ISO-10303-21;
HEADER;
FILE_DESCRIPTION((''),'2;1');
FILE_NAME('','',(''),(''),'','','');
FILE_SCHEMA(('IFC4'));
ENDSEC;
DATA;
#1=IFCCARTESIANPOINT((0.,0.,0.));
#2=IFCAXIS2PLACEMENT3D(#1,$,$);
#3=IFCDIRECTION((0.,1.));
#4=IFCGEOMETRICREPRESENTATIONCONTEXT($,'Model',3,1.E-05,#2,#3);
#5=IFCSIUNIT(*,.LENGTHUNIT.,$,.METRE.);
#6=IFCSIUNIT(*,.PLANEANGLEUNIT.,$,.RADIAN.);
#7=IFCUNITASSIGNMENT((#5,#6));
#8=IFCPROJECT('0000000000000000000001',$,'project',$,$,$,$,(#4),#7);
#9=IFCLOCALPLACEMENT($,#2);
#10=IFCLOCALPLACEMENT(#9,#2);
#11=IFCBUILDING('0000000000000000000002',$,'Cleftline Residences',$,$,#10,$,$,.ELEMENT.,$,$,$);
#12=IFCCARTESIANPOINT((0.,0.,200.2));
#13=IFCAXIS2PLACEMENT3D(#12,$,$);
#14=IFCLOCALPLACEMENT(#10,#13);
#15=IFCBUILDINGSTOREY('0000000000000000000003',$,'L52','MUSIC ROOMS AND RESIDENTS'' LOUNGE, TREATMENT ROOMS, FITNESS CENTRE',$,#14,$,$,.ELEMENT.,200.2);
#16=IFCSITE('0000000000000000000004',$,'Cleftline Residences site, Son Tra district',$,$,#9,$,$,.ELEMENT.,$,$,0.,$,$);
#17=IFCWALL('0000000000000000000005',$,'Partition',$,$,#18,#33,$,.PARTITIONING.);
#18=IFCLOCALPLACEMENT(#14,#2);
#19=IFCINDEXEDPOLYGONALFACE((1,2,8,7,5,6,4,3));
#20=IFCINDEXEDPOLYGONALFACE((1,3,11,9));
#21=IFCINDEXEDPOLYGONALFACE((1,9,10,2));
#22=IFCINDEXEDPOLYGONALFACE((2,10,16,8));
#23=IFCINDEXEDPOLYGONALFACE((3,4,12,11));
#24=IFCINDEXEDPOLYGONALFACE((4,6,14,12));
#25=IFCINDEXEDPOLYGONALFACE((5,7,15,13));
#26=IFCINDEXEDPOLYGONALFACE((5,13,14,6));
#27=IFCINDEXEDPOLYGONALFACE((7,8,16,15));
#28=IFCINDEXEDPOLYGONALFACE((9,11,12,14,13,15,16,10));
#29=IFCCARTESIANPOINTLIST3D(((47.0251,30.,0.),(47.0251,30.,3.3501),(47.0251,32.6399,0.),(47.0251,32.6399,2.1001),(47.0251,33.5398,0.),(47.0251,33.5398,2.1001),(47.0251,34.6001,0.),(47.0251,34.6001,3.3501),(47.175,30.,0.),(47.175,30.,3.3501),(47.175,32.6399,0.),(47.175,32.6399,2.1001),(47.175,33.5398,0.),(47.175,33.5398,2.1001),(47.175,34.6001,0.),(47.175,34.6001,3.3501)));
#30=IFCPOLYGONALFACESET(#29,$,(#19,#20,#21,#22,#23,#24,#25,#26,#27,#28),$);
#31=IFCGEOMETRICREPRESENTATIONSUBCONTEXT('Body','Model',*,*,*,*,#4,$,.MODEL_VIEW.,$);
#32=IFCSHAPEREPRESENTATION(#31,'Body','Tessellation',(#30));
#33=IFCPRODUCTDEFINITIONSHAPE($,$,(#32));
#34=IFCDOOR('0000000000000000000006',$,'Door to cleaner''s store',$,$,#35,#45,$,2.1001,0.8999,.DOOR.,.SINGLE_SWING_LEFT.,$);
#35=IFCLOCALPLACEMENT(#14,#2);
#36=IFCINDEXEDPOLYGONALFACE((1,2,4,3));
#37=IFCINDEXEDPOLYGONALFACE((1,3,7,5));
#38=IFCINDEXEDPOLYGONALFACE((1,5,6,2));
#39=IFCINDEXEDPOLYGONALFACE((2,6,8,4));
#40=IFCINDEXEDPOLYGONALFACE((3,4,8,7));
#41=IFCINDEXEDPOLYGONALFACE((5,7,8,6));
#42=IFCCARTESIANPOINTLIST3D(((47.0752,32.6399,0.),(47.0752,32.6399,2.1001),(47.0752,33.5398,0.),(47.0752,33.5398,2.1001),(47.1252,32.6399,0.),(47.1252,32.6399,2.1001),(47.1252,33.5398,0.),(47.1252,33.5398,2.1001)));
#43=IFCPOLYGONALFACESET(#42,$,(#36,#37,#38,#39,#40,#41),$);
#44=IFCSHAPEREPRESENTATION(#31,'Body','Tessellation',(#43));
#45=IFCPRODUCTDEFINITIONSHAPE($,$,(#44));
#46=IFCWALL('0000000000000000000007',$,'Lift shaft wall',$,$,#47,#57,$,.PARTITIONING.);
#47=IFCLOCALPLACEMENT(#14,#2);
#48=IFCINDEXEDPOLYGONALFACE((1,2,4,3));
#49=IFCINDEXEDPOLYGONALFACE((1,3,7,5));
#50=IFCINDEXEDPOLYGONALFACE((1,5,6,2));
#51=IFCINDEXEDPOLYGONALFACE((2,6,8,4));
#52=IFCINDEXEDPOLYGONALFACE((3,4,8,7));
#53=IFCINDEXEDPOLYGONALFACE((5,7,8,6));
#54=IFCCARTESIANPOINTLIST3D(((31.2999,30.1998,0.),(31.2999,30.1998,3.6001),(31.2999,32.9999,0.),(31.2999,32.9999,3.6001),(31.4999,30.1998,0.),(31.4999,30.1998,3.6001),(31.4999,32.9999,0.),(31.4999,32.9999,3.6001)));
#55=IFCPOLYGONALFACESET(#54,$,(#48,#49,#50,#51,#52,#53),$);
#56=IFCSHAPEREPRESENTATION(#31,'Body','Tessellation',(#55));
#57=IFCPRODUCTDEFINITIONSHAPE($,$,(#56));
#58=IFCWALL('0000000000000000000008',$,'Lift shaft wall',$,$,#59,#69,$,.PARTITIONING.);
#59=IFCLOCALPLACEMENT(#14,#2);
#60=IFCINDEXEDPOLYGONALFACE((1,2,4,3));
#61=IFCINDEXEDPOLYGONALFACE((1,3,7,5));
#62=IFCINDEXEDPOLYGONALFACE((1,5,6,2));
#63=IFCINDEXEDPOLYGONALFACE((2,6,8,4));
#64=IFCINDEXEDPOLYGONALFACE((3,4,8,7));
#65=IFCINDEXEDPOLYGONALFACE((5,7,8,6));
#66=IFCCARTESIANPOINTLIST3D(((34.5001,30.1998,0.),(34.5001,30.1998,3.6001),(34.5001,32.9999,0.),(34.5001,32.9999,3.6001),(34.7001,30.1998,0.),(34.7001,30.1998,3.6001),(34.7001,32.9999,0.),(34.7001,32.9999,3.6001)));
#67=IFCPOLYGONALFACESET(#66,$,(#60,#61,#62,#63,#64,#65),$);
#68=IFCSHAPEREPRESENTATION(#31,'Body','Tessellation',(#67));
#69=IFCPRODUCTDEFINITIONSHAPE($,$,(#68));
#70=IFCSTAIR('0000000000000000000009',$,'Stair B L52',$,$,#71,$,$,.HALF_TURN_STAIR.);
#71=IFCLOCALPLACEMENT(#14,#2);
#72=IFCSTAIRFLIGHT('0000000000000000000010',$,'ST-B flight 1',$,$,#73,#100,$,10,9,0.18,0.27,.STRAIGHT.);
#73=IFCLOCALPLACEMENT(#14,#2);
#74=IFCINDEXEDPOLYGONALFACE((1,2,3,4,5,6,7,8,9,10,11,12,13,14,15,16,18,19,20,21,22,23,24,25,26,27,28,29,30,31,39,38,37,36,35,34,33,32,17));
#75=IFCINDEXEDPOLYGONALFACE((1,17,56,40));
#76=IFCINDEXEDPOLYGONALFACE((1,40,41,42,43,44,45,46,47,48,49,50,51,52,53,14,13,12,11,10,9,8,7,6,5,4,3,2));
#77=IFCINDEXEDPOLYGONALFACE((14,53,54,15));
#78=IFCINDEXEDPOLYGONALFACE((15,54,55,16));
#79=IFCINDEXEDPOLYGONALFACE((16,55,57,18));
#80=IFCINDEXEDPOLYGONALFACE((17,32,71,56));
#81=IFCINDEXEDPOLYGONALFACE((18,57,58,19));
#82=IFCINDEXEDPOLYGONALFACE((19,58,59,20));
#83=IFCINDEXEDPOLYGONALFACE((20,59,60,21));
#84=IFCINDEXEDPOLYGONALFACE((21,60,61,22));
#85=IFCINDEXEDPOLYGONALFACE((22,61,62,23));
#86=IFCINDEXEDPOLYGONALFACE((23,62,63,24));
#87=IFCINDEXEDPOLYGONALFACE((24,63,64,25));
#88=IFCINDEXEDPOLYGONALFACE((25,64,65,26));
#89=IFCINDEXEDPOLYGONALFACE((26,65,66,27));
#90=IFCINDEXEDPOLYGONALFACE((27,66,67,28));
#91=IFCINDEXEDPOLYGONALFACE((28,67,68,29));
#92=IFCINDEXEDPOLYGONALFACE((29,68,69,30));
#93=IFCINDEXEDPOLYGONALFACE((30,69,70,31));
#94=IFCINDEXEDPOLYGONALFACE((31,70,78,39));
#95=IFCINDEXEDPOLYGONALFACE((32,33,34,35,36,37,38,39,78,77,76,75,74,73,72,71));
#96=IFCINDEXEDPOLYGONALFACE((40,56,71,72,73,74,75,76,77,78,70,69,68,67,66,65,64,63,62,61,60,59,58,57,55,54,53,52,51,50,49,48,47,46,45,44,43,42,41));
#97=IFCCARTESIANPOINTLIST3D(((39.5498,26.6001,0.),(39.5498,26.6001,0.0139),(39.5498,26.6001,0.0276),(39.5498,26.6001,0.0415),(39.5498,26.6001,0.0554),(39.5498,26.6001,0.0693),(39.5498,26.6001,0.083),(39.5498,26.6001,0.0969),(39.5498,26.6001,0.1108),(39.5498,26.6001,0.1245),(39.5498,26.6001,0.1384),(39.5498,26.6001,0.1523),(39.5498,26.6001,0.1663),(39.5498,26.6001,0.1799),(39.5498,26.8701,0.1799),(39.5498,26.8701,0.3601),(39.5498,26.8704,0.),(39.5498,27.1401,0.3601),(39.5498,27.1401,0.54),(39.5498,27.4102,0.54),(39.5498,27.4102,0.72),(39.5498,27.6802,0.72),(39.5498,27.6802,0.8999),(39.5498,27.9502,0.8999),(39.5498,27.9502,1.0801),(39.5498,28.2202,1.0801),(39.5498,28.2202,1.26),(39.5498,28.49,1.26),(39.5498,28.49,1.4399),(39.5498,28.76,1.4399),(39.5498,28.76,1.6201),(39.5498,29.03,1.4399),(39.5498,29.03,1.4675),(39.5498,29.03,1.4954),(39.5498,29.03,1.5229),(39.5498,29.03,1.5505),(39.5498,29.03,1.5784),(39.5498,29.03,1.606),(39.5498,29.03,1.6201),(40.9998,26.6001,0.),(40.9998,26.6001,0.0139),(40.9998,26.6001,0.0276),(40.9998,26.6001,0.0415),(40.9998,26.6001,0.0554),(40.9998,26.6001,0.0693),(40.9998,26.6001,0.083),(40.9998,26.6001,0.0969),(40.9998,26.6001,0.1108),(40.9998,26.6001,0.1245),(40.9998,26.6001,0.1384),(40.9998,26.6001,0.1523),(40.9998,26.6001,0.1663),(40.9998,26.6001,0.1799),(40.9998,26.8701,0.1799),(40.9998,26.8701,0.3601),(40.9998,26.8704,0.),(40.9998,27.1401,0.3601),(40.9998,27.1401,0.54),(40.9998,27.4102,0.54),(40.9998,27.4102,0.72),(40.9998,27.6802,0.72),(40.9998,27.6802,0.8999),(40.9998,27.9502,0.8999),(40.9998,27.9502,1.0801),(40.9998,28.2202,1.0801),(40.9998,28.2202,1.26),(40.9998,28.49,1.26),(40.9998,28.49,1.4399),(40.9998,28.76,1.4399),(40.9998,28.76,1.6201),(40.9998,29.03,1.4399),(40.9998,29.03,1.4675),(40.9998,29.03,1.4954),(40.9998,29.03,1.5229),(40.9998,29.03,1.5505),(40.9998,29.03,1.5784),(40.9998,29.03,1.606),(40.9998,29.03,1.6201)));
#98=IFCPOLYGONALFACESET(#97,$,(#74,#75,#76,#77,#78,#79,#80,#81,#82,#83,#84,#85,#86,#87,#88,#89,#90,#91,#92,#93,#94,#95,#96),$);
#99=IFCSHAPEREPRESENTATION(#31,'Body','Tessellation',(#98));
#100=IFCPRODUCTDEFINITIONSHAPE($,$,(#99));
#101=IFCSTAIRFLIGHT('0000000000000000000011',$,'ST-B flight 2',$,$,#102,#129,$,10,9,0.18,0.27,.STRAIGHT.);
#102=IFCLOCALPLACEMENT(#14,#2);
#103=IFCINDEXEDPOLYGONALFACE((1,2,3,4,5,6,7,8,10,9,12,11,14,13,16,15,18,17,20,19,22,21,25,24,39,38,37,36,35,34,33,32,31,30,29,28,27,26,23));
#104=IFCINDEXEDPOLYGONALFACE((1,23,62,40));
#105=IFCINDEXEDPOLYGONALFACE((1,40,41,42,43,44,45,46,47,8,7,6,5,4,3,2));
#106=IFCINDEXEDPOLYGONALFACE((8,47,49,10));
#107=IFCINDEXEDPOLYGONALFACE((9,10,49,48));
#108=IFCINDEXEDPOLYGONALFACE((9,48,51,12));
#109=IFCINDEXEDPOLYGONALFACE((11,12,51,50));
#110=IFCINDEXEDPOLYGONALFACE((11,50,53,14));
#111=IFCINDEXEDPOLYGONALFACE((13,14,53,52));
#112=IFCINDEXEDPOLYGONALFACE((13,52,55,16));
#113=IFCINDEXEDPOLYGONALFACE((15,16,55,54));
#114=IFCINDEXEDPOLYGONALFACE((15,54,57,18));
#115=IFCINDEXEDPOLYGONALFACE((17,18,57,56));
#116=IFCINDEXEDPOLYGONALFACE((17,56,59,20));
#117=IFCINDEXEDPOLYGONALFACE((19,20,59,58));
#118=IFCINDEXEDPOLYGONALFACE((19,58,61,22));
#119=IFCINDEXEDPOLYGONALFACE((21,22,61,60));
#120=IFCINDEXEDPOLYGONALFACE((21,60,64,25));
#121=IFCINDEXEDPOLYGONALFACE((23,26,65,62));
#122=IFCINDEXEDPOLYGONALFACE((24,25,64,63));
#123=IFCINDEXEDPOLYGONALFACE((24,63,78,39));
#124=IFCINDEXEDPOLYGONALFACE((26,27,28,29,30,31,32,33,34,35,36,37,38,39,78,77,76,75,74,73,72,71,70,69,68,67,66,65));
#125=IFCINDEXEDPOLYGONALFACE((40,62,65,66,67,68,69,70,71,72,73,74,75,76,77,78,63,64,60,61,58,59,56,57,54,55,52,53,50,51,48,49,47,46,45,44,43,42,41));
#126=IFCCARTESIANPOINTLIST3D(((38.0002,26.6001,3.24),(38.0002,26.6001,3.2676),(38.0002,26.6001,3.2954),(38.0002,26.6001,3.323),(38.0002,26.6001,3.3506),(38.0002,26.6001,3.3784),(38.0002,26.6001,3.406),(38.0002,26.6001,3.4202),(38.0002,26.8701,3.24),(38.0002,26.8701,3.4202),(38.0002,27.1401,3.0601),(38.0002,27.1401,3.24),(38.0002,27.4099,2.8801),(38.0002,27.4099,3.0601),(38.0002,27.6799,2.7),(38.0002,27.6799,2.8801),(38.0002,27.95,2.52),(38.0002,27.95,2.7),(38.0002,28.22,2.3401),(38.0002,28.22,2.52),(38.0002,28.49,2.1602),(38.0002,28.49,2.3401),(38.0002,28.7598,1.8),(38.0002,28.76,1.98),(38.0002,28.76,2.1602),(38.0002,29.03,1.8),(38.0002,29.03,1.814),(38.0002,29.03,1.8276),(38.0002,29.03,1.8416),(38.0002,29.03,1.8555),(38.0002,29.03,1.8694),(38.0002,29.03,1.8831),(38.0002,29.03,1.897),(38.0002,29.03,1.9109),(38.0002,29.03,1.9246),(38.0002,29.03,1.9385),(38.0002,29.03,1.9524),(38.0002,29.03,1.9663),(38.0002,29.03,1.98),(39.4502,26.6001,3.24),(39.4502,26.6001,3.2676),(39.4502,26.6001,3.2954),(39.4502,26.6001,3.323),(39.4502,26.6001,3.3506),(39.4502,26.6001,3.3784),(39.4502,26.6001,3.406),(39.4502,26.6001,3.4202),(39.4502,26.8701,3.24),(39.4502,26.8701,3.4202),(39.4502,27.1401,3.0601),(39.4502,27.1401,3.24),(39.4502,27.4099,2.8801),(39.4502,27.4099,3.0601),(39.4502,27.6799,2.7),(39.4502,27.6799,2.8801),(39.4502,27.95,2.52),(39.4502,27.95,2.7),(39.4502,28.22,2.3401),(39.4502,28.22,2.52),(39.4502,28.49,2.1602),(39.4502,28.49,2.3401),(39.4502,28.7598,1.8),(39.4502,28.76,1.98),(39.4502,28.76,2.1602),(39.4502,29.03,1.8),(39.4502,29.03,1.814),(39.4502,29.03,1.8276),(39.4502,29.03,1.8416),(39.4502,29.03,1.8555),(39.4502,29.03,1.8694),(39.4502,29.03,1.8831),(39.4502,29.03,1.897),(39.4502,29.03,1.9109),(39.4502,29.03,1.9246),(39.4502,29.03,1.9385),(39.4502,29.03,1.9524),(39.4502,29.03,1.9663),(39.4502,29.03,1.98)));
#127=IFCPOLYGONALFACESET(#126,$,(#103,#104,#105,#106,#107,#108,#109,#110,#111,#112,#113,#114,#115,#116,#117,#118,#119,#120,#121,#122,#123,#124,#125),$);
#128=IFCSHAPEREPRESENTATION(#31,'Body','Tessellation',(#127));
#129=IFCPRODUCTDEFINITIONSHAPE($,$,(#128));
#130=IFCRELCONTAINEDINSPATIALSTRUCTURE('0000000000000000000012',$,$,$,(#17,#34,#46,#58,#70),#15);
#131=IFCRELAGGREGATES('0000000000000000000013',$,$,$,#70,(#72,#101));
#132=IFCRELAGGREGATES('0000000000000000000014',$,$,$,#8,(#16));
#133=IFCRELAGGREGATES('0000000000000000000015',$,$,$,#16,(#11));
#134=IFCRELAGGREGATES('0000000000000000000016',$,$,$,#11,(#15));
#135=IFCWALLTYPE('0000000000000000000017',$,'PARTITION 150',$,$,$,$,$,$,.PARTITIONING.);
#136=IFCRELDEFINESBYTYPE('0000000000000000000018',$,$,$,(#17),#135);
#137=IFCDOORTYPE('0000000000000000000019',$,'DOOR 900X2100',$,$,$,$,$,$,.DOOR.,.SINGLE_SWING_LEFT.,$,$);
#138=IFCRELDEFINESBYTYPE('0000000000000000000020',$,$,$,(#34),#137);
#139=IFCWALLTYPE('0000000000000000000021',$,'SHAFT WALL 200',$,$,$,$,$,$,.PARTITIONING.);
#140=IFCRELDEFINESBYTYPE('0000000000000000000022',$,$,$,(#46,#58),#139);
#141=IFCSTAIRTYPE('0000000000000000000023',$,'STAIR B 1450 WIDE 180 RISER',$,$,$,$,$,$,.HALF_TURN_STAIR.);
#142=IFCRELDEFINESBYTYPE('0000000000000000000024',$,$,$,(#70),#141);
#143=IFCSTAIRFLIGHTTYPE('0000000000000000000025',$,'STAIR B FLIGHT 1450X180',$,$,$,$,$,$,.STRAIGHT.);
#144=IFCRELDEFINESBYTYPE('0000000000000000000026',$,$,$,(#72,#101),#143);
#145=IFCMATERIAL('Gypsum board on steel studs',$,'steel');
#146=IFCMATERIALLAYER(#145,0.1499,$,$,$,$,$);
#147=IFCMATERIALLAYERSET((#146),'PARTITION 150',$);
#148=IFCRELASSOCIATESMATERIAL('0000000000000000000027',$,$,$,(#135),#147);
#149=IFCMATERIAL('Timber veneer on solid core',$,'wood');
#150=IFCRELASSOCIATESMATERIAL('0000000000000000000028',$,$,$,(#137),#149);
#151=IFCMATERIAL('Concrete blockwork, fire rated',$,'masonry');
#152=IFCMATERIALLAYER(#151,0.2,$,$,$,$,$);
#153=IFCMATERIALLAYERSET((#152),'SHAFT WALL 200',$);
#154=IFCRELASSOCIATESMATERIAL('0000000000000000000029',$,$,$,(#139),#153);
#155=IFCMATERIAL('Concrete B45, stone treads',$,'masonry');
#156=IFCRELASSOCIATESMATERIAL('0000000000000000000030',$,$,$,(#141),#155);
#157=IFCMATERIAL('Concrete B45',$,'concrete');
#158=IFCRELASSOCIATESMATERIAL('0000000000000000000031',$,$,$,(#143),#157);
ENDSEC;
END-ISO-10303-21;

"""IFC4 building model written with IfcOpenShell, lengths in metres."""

from ifc_helpers import new_model, si_unit, direction, frame, frame_2d, origin, place, context, subcontext, project, spatial, polyline, rectangle, outline, extrude, material, layer, layer_set, type_object, element, fill, aggregate, save


model = new_model("IFC4")

# Units and contexts
model_context = context("Model", 3, precision=1e-05, world=origin(), true_north=direction((0.0, 1.0)))
body_context = subcontext(model_context, "Body", "Model", "MODEL_VIEW")
ifc_project = project(units=[si_unit("LENGTHUNIT", "METRE"), si_unit("PLANEANGLEUNIT", "RADIAN")], contexts=[model_context])

# Site, building, storey
site_placement = place(None, origin())
site = spatial("IfcSite", under=ifc_project, at=site_placement, Name="Cleftline Residences site, Son Tra district", CompositionType="ELEMENT", RefElevation=0.0)
building_placement = place(site_placement, origin())
building = spatial("IfcBuilding", under=site, at=building_placement, Name="Cleftline Residences", CompositionType="ELEMENT")
storey_placement = place(building_placement, frame((0.0, 0.0, 200.2)))
storey = spatial("IfcBuildingStorey", under=building, at=storey_placement, Name="L52", Description="MUSIC ROOMS AND RESIDENTS' LOUNGE, TREATMENT ROOMS, FITNESS CENTRE", CompositionType="ELEMENT", Elevation=200.2)

# Shared definitions
ifc_material_1 = material(Name="Gypsum board on steel studs", Category="steel")
ifc_layer_1 = layer(ifc_material_1, 0.1499)
ifc_layer_set_1 = layer_set([ifc_layer_1], Name="PARTITION 150")
wall_type_1 = type_object("IfcWallType", Name="PARTITION 150", PredefinedType="PARTITIONING", material=ifc_layer_set_1)

# Shared definitions
ifc_material_2 = material(Name="Timber veneer on solid core", Category="wood")
door_type_1 = type_object("IfcDoorType", Name="DOOR 900X2100", OperationType="SINGLE_SWING_LEFT", PredefinedType="DOOR", material=ifc_material_2)

# Wall, opening, door
wall_1_placement = place(storey_placement, frame((47.1001, 30.0, 0.0), z_axis=(0.0, 0.0, 1.0), x_axis=(0.0, 1.0, 0.0)))
wall_1 = element("IfcWall", 1, at=wall_1_placement, inside=storey, type_object=wall_type_1, Name="Partition", PredefinedType="PARTITIONING", context=body_context, shape_type="SweptSolid", body=[
    extrude(rectangle(XDim=4.6001, YDim=0.1499, at=frame_2d((2.3, 0.0))), origin(), (0.0, 0.0, 1.0), 3.3501),
])
opening_1_placement = place(wall_1_placement, frame((2.6399, 0.0, 0.0)))
opening_1 = element("IfcOpeningElement", 2, at=opening_1_placement, cuts=wall_1, PredefinedType="OPENING", context=body_context, shape_type="SweptSolid", body=[
    extrude(rectangle(XDim=0.8999, YDim=2.1001, at=frame_2d((0.45, 1.05))), frame((0.0, 0.085, 0.0), z_axis=(0.0, -1.0, 0.0), x_axis=(1.0, 0.0, 0.0)), (0.0, 0.0, 1.0), 0.1699),
])
door_1_placement = place(opening_1_placement, origin())
door_1 = element("IfcDoor", 3, at=door_1_placement, inside=storey, type_object=door_type_1, Name="Door to cleaner's store", OperationType="SINGLE_SWING_LEFT", OverallHeight=2.1001, OverallWidth=0.8999, PredefinedType="DOOR", context=body_context, shape_type="SweptSolid", body=[
    extrude(rectangle(XDim=0.8999, YDim=2.1001, at=frame_2d((0.45, 1.05))), frame((0.0, 0.0249, 0.0), z_axis=(0.0, -1.0, 0.0), x_axis=(1.0, 0.0, 0.0)), (0.0, 0.0, 1.0), 0.05),
])
fill(opening_1, door_1)

# Walls
ifc_material_3 = material(Name="Concrete blockwork, fire rated", Category="masonry")
ifc_layer_2 = layer(ifc_material_3, 0.2)
ifc_layer_set_2 = layer_set([ifc_layer_2], Name="SHAFT WALL 200")
wall_type_2 = type_object("IfcWallType", Name="SHAFT WALL 200", PredefinedType="PARTITIONING", material=ifc_layer_set_2)
for number, where, z_axis, x_axis, name in (
    (4, (31.3999, 30.2, 0.0), (0.0, 0.0, 1.0), (0.0, 1.0, 0.0), "Lift shaft wall"),
    (5, (34.6001, 30.2, 0.0), (0.0, 0.0, 1.0), (0.0, 1.0, 0.0), "Lift shaft wall"),
):
    element("IfcWall", number, at=place(storey_placement, frame(where, z_axis=z_axis, x_axis=x_axis)), inside=storey, type_object=wall_type_2, Name=name, PredefinedType="PARTITIONING", context=body_context, shape_type="SweptSolid", body=[
        extrude(rectangle(XDim=2.8, YDim=0.2, at=frame_2d((1.3999, 0.0))), origin(), (0.0, 0.0, 1.0), 3.6001),
    ])

# Stair, stair flights
ifc_material_4 = material(Name="Concrete B45, stone treads", Category="masonry")
stair_type = type_object("IfcStairType", Name="STAIR B 1450 WIDE 180 RISER", PredefinedType="HALF_TURN_STAIR", material=ifc_material_4)
stair_placement = place(storey_placement, origin())
stair = element("IfcStair", 6, at=stair_placement, inside=storey, type_object=stair_type, Name="Stair B L52", PredefinedType="HALF_TURN_STAIR")
ifc_material_5 = material(Name="Concrete B45", Category="concrete")
stair_flight_type = type_object("IfcStairFlightType", Name="STAIR B FLIGHT 1450X180", PredefinedType="STRAIGHT", material=ifc_material_5)
stair_flight_1_placement = place(storey_placement, frame((40.2749, 26.6001, 0.0), z_axis=(0.0, 0.0, 1.0), x_axis=(0.0, 1.0, 0.0)))
stair_flight_1 = element("IfcStairFlight", 7, at=stair_flight_1_placement, type_object=stair_flight_type, Name="ST-B flight 1", NumberOfRisers=10, NumberOfTreads=9, PredefinedType="STRAIGHT", RiserHeight=0.18, TreadLength=0.27, context=body_context, shape_type="SweptSolid", body=[
    extrude(outline(polyline([(0.0, 0.0), (0.0, 0.0139), (0.0, 0.0276), (0.0, 0.0415), (0.0, 0.0554), (0.0, 0.0693), (0.0, 0.083), (0.0, 0.0969), (0.0, 0.1108), (0.0, 0.1245), (0.0, 0.1384), (0.0, 0.1523), (0.0, 0.1663), (0.0, 0.1799), (0.27, 0.1799), (0.27, 0.3601), (0.54, 0.3601), (0.54, 0.54), (0.8101, 0.54), (0.8101, 0.72), (1.0801, 0.72), (1.0801, 0.8999), (1.3501, 0.8999), (1.3501, 1.0801), (1.6201, 1.0801), (1.6201, 1.26), (1.8899, 1.26), (1.8899, 1.4399), (2.1599, 1.4399), (2.1599, 1.6201), (2.4299, 1.6201), (2.4299, 1.8), (2.4299, 1.7722), (2.4299, 1.7446), (2.4299, 1.7168), (2.4299, 1.6892), (2.4299, 1.6614), (2.4299, 1.6338), (2.4299, 1.606), (2.4299, 1.5784), (2.4299, 1.5505), (2.4299, 1.5229), (2.4299, 1.4954), (2.4299, 1.4675), (2.4299, 1.4399), (0.2703, 0.0), (0.0, 0.0)])), frame((0.0, 0.7251, 0.0), z_axis=(0.0, -1.0, 0.0), x_axis=(1.0, 0.0, 0.0)), (0.0, 0.0, 1.0), 1.45),
])
stair_flight_2_placement = place(storey_placement, frame((38.7251, 29.03, 1.8), z_axis=(0.0, 0.0, 1.0), x_axis=(0.0, -1.0, 0.0)))
stair_flight_2 = element("IfcStairFlight", 8, at=stair_flight_2_placement, type_object=stair_flight_type, Name="ST-B flight 2", NumberOfRisers=10, NumberOfTreads=9, PredefinedType="STRAIGHT", RiserHeight=0.18, TreadLength=0.27, context=body_context, shape_type="SweptSolid", body=[
    extrude(outline(polyline([(0.0, 0.0), (0.0, 0.0139), (0.0, 0.0276), (0.0, 0.0415), (0.0, 0.0554), (0.0, 0.0693), (0.0, 0.083), (0.0, 0.0969), (0.0, 0.1108), (0.0, 0.1245), (0.0, 0.1384), (0.0, 0.1523), (0.0, 0.1663), (0.0, 0.1799), (0.27, 0.1799), (0.27, 0.3601), (0.54, 0.3601), (0.54, 0.54), (0.8101, 0.54), (0.8101, 0.72), (1.0801, 0.72), (1.0801, 0.8999), (1.3501, 0.8999), (1.3501, 1.0801), (1.6201, 1.0801), (1.6201, 1.26), (1.8899, 1.26), (1.8899, 1.4399), (2.1599, 1.4399), (2.1599, 1.6201), (2.4299, 1.6201), (2.4299, 1.8), (2.4299, 1.7722), (2.4299, 1.7446), (2.4299, 1.7168), (2.4299, 1.6892), (2.4299, 1.6614), (2.4299, 1.6338), (2.4299, 1.606), (2.4299, 1.5784), (2.4299, 1.5505), (2.4299, 1.5229), (2.4299, 1.4954), (2.4299, 1.4675), (2.4299, 1.4399), (0.2703, 0.0), (0.0, 0.0)])), frame((0.0, 0.7251, 0.0), z_axis=(0.0, -1.0, 0.0), x_axis=(1.0, 0.0, 0.0)), (0.0, 0.0, 1.0), 1.45),
])
aggregate(stair, [stair_flight_1, stair_flight_2])

save(model, "model.ifc")
